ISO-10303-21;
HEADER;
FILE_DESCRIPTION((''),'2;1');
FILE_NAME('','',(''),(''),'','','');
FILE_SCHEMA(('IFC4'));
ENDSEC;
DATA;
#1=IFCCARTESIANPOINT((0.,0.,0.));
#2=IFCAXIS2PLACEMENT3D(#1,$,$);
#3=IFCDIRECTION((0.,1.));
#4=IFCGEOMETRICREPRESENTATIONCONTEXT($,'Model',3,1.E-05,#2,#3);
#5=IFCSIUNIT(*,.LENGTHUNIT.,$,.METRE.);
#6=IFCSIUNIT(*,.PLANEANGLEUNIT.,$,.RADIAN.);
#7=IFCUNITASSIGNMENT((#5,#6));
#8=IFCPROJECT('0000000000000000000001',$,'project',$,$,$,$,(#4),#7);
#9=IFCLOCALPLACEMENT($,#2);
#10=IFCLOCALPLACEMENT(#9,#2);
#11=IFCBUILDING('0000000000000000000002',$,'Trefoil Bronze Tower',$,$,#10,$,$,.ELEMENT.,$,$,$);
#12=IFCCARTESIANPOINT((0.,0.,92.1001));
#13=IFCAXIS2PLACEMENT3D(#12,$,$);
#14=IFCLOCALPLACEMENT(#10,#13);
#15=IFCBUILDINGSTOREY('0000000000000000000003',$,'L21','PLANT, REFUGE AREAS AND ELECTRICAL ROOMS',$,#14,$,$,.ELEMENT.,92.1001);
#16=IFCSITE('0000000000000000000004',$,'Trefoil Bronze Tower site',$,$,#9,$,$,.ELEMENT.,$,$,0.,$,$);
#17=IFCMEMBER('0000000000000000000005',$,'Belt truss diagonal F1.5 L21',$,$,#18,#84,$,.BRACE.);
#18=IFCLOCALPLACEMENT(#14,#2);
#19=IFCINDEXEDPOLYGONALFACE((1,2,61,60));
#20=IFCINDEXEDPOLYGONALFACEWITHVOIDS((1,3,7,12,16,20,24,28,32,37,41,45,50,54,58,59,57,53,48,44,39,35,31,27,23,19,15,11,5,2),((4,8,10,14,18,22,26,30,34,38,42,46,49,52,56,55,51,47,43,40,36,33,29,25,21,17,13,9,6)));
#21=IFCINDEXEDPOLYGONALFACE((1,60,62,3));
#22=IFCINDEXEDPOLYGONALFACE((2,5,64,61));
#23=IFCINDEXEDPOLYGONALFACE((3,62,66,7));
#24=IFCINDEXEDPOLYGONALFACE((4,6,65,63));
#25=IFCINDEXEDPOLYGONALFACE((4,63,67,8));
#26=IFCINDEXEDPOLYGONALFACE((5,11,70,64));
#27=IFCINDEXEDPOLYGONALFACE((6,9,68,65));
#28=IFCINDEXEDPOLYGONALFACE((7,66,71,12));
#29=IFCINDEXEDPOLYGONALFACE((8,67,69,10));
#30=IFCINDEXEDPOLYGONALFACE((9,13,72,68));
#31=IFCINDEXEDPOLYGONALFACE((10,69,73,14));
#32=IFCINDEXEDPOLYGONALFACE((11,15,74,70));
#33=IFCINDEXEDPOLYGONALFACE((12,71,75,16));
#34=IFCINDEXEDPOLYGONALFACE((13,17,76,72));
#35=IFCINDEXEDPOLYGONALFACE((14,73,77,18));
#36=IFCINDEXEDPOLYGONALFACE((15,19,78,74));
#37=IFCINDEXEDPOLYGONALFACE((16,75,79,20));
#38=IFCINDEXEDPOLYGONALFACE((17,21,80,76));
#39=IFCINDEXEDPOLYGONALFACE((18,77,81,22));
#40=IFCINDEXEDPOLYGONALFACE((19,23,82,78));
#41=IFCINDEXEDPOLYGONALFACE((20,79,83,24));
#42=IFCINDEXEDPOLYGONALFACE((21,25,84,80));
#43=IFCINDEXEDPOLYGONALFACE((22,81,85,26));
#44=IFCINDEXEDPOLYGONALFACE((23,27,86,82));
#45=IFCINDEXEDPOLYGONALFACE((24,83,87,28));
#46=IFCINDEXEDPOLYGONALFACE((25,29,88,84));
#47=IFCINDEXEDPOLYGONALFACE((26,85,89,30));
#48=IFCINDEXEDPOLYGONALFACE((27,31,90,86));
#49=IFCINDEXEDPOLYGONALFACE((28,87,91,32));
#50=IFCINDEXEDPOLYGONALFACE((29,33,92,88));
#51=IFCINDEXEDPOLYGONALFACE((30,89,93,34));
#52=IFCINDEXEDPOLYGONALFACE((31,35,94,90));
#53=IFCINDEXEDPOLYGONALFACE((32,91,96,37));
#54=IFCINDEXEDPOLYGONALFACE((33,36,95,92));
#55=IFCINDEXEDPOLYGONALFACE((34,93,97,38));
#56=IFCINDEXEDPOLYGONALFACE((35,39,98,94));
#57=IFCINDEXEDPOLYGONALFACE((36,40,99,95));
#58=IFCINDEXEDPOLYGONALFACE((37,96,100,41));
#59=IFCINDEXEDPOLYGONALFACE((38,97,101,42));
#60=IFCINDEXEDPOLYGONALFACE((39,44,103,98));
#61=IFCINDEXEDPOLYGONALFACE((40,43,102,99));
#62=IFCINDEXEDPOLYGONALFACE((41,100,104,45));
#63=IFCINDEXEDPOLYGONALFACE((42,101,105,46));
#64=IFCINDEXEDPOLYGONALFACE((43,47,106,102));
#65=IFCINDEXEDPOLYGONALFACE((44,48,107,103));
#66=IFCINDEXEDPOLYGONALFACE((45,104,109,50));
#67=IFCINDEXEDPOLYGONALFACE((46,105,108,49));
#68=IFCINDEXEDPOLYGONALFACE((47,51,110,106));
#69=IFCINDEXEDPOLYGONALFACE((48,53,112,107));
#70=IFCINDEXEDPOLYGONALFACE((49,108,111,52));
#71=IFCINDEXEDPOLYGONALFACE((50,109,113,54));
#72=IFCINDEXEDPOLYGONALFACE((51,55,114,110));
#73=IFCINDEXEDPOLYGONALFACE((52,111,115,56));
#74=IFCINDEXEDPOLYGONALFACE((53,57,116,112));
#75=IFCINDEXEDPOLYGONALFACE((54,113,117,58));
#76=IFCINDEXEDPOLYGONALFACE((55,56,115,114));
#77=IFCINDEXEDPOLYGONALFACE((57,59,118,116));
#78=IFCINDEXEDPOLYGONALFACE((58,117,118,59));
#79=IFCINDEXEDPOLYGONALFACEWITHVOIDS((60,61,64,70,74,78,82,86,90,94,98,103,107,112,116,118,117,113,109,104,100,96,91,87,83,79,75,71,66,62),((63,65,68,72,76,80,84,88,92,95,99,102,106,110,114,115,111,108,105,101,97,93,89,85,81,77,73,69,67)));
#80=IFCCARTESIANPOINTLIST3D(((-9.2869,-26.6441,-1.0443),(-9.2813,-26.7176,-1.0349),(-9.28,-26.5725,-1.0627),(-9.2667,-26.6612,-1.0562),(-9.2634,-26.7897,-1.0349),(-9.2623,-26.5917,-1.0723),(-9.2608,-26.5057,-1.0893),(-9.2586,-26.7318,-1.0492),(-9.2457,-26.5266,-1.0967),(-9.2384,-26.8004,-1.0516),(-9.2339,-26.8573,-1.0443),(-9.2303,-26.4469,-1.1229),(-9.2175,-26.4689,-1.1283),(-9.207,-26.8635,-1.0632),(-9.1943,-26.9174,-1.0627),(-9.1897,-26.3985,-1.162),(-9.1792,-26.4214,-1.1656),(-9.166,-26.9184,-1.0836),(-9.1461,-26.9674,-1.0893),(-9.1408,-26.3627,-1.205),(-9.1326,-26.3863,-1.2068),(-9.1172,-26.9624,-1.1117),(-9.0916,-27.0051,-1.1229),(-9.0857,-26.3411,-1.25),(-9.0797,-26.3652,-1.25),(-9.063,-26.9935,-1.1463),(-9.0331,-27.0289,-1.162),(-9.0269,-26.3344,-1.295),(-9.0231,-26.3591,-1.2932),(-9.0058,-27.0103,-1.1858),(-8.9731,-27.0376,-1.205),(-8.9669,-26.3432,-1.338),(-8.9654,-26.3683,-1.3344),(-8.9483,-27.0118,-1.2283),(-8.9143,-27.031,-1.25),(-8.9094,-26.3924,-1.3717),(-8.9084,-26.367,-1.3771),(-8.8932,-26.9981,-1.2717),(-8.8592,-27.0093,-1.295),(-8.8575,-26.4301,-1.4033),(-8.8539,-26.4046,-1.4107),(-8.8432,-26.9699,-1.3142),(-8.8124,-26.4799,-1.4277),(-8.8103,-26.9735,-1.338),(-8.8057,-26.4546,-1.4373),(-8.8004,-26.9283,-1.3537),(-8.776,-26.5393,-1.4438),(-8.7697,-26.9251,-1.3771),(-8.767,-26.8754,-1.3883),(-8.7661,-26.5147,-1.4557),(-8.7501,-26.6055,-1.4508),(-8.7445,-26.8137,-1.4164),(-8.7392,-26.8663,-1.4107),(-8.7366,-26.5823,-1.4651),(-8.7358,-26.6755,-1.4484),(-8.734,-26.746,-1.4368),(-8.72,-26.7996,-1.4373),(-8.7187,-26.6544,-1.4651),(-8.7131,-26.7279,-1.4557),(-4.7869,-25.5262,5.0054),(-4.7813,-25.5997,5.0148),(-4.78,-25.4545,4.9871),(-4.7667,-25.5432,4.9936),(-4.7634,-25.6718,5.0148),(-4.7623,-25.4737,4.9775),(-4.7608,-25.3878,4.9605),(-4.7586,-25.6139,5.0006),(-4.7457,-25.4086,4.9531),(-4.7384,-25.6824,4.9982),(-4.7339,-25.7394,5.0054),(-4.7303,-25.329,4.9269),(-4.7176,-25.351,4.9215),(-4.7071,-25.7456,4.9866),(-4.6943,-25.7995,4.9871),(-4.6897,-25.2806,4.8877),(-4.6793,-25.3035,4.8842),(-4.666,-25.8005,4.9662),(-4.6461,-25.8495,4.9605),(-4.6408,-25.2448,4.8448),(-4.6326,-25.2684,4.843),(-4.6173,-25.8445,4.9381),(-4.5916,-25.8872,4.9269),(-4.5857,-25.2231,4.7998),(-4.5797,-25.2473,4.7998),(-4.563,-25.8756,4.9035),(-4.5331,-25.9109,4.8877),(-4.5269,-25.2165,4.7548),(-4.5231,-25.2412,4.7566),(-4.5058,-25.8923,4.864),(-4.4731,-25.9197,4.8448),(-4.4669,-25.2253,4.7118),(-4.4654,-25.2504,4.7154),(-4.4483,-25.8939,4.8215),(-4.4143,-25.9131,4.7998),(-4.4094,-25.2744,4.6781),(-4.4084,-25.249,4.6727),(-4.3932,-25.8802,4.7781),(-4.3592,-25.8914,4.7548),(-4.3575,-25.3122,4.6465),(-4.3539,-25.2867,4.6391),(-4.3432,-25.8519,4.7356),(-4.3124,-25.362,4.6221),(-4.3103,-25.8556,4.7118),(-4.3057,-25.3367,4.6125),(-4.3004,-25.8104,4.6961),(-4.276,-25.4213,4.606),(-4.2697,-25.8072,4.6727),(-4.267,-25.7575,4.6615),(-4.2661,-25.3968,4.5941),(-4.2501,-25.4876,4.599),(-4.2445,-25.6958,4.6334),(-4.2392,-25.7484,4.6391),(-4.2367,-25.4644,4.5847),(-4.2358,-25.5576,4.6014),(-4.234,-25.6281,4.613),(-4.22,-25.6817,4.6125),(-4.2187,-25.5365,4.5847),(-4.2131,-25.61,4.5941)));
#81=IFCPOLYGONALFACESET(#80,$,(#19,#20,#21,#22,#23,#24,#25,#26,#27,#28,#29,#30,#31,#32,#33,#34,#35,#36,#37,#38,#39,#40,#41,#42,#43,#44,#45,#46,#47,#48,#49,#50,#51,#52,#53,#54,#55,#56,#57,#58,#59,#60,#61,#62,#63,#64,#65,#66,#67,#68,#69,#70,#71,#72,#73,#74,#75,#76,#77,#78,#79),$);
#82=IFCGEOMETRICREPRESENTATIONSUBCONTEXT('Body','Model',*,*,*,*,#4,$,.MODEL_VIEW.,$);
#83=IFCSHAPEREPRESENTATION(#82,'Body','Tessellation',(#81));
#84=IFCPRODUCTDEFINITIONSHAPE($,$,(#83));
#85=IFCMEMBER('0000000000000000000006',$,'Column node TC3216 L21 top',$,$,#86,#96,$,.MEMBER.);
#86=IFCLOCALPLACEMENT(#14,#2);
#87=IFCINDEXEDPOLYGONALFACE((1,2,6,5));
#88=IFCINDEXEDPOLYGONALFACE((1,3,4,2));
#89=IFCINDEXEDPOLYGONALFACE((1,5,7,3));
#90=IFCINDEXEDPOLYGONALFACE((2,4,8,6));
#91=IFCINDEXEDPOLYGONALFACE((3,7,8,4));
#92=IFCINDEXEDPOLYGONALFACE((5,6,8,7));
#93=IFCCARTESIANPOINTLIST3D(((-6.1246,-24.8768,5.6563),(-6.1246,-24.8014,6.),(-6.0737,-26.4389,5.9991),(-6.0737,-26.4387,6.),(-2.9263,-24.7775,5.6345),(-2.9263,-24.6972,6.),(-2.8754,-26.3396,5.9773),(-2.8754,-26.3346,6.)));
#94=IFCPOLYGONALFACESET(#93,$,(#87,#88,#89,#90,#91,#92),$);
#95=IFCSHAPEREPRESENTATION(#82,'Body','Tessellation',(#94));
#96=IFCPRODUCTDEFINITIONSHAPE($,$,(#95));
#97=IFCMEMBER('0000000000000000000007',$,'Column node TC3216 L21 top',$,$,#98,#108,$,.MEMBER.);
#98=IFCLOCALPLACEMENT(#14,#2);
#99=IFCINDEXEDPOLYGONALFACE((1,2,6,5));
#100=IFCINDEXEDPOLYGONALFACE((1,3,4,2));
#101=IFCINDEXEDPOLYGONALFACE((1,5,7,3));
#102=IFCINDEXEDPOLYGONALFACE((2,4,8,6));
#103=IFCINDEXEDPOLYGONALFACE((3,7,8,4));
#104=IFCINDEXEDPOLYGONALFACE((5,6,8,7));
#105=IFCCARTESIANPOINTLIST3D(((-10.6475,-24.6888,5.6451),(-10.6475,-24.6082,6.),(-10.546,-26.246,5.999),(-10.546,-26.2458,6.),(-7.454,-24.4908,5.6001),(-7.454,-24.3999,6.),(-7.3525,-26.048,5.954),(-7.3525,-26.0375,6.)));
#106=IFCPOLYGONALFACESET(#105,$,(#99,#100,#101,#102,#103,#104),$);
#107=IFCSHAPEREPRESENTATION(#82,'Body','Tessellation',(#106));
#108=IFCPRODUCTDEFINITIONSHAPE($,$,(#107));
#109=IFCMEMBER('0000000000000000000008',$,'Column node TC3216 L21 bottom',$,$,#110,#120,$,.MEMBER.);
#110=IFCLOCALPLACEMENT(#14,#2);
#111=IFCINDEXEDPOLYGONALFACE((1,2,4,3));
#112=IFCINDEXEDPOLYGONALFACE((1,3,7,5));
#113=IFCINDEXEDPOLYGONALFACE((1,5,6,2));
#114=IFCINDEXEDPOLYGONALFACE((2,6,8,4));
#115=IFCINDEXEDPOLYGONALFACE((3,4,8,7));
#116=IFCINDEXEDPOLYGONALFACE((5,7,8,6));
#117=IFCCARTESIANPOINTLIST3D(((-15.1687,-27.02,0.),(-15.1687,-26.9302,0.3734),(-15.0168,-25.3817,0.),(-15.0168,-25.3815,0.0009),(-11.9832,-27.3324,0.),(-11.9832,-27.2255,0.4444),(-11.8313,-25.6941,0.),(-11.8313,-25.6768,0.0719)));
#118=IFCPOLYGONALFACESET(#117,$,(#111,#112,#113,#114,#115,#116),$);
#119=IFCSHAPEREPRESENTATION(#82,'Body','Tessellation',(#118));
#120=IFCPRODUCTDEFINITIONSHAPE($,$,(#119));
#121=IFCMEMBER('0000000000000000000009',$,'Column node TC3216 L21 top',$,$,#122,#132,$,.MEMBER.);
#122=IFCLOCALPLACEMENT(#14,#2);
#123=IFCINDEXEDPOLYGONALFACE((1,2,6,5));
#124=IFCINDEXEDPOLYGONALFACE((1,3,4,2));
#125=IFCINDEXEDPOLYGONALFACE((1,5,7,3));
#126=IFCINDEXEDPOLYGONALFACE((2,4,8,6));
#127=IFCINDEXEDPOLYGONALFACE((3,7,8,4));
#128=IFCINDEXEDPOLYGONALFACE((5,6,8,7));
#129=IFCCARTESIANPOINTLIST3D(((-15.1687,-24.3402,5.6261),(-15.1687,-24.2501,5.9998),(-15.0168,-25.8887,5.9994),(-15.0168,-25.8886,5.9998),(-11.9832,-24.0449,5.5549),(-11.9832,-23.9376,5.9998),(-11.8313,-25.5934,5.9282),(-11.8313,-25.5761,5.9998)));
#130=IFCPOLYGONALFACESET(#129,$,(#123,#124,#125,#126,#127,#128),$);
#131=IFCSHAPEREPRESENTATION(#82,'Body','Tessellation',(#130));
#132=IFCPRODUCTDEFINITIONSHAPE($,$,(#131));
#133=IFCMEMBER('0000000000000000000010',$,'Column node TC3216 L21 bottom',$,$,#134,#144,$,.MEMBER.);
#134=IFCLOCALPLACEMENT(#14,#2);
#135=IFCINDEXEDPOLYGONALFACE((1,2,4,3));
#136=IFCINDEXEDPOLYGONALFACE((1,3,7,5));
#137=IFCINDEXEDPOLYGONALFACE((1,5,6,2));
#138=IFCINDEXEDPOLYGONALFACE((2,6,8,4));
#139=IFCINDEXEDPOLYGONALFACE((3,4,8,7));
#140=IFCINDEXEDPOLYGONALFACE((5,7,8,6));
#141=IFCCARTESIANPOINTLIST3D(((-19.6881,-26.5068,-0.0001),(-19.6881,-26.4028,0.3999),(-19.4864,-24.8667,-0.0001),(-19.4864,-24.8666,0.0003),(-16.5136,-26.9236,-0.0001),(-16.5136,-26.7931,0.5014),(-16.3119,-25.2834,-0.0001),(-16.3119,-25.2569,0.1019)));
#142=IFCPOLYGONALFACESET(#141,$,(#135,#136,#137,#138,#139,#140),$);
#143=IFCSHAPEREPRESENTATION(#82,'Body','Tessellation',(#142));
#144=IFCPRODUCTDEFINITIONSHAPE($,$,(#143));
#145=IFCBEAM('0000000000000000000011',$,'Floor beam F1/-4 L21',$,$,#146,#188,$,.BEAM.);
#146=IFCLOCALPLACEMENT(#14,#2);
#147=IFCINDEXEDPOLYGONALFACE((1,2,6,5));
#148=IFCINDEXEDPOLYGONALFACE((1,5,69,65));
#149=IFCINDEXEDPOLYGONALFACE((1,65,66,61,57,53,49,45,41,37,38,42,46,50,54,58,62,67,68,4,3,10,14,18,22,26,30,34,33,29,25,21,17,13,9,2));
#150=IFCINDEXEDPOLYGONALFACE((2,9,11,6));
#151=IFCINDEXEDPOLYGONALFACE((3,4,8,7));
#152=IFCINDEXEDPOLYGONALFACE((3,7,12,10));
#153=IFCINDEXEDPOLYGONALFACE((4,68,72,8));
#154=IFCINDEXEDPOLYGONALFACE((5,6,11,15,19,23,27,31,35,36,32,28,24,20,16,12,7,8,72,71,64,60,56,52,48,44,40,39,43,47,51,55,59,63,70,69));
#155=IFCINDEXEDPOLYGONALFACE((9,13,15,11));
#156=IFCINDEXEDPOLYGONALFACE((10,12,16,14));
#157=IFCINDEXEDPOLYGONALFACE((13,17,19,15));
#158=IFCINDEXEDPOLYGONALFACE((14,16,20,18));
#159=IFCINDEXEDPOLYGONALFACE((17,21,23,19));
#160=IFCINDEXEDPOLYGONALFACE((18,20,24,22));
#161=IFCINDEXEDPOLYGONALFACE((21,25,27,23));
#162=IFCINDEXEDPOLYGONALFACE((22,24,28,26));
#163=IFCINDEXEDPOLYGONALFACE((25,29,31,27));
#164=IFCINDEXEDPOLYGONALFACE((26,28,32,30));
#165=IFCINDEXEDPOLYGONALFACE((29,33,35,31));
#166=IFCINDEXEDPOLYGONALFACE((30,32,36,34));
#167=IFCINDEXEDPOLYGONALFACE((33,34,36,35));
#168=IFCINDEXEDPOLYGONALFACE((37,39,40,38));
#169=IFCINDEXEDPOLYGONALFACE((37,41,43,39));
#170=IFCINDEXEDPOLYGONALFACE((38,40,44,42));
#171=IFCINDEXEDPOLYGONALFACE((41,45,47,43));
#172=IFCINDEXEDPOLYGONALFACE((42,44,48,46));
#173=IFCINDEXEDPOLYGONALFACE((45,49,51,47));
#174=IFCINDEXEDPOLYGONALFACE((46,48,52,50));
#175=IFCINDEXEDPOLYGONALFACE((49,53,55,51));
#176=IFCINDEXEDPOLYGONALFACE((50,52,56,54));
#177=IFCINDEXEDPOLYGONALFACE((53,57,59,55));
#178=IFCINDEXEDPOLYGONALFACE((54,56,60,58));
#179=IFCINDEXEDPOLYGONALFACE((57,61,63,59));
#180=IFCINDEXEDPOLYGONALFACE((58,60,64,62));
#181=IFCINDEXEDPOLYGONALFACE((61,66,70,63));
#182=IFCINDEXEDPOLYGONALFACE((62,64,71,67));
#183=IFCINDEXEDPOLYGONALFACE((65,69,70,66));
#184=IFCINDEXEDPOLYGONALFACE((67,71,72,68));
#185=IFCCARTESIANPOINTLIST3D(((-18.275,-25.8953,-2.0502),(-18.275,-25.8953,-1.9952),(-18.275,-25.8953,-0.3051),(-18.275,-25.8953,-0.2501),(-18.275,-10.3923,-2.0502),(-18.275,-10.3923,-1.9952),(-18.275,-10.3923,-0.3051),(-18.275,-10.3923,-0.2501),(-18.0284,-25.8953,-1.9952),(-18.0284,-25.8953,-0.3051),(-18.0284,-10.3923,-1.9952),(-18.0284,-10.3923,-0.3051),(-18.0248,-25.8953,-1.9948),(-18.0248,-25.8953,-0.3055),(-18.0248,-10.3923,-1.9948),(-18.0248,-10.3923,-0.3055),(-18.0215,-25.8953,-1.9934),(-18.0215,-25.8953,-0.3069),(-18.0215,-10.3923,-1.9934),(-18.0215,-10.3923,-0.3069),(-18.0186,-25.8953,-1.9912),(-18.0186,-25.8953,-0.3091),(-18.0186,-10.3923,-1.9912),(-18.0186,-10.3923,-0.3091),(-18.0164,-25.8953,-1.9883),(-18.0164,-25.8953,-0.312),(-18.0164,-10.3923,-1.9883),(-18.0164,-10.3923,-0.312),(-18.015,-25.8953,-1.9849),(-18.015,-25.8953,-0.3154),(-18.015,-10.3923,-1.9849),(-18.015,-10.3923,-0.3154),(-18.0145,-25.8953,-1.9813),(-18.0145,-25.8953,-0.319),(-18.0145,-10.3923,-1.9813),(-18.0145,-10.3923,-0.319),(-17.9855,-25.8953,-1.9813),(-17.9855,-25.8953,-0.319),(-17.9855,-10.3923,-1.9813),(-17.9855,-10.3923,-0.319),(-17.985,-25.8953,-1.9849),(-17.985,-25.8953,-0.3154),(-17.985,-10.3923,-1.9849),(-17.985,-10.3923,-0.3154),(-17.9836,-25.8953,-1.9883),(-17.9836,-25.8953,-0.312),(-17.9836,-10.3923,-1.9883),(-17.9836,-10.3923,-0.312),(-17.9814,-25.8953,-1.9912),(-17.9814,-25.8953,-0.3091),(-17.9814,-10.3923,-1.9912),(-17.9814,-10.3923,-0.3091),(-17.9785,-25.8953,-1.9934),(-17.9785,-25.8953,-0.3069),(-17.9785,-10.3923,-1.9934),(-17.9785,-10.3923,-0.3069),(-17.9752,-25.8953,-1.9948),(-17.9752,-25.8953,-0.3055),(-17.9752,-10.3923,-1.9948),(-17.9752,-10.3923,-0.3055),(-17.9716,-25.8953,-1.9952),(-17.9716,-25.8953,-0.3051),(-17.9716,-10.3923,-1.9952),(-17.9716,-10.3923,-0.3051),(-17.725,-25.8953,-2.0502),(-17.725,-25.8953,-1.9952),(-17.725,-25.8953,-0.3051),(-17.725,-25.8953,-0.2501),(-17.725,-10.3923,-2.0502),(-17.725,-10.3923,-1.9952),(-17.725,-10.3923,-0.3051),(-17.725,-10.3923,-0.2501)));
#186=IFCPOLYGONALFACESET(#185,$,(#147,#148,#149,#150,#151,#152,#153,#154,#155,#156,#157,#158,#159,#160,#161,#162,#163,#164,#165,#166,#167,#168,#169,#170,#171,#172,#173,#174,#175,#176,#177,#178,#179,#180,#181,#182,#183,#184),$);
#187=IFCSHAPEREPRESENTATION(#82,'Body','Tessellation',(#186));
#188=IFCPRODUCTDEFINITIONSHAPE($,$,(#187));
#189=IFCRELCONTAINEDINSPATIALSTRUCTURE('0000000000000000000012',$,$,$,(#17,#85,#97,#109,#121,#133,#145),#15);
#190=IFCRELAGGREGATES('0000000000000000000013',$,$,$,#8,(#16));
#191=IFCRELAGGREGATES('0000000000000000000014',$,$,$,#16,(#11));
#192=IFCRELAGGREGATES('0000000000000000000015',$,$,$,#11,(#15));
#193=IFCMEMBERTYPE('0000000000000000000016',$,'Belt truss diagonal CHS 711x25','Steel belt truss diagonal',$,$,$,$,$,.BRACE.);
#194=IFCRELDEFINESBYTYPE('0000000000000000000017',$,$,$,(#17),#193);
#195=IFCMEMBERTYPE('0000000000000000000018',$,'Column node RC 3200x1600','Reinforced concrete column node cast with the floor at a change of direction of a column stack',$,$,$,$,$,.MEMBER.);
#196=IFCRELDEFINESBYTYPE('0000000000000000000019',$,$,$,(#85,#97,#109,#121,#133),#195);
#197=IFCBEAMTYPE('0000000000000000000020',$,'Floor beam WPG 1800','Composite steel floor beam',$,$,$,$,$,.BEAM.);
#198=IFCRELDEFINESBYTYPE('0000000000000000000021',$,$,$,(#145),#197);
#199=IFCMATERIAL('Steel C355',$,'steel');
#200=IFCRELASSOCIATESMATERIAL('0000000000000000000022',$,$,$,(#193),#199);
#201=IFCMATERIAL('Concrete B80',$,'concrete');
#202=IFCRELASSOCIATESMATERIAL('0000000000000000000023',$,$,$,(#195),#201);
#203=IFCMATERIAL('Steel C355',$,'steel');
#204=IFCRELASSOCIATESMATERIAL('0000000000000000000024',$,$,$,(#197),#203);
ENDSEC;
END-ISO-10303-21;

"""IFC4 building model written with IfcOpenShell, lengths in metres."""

from ifc_helpers import new_model, si_unit, direction, frame, origin, origin_2d, place, context, subcontext, project, spatial, rectangle, hollow_circle, i_section, extrude, clip, halfspace, material, material_profile, profile_set, type_object, element, save


model = new_model("IFC4")

# Units and contexts
model_context = context("Model", 3, precision=1e-05, world=origin(), true_north=direction((0.0, 1.0)))
body_context = subcontext(model_context, "Body", "Model", "MODEL_VIEW")
ifc_project = project(units=[si_unit("LENGTHUNIT", "METRE"), si_unit("PLANEANGLEUNIT", "RADIAN")], contexts=[model_context])

# Site, building, storey
site_placement = place(None, origin())
site = spatial("IfcSite", under=ifc_project, at=site_placement, Name="Trefoil Bronze Tower site", CompositionType="ELEMENT", RefElevation=0.0)
building_placement = place(site_placement, origin())
building = spatial("IfcBuilding", under=site, at=building_placement, Name="Trefoil Bronze Tower", CompositionType="ELEMENT")
storey_placement = place(building_placement, frame((0.0, 0.0, 92.1001)))
storey = spatial("IfcBuildingStorey", under=building, at=storey_placement, Name="L21", Description="PLANT, REFUGE AREAS AND ELECTRICAL ROOMS", CompositionType="ELEMENT", Elevation=92.1001)

# Members
ifc_material_1 = material(Name="Steel C355", Category="steel")
ifc_material_profile_1 = material_profile(ifc_material_1, hollow_circle(Radius=0.3555, WallThickness=0.0249, at=origin_2d()), Name="CHS 711x25")
ifc_profile_set_1 = profile_set([ifc_material_profile_1], Name="Steel C355")
member_type_1 = type_object("IfcMemberType", Name="Belt truss diagonal CHS 711x25", Description="Steel belt truss diagonal", PredefinedType="BRACE", material=ifc_profile_set_1)
member_1_placement = place(storey_placement, frame((-9.0, -26.686, -1.25), z_axis=(0.590371, 0.146664, 0.793695), x_axis=(-0.241098, 0.970501, 0.0)))
element("IfcMember", 1, at=member_1_placement, inside=storey, type_object=member_type_1, Name="Belt truss diagonal F1.5 L21", PredefinedType="BRACE", context=body_context, shape_type="SweptSolid", body=[
    extrude(hollow_circle(Radius=0.3555, WallThickness=0.0249, at=origin_2d()), origin(), (0.0, 0.0, 1.0), 7.6223),
])
ifc_material_2 = material(Name="Concrete B80", Category="concrete")
ifc_material_profile_2 = material_profile(ifc_material_2, rectangle(XDim=3.2, YDim=1.6001, at=origin_2d()), Name="RC 3200x1600")
ifc_profile_set_2 = profile_set([ifc_material_profile_2], Name="Concrete B80")
member_type_2 = type_object("IfcMemberType", Name="Column node RC 3200x1600", Description="Reinforced concrete column node cast with the floor at a change of direction of a column stack", PredefinedType="MEMBER", material=ifc_profile_set_2)
member_2_placement = place(storey_placement, frame((-4.5, -25.5278, 6.1829), z_axis=(0.0, -0.214377, -0.976751), x_axis=(-0.999495, -0.031042, 0.006813)))
element("IfcMember", 2, at=member_2_placement, inside=storey, type_object=member_type_2, Name="Column node TC3216 L21 top", PredefinedType="MEMBER", context=body_context, shape_type="Clipping", body=[
    clip(extrude(rectangle(XDim=3.2, YDim=1.6001, at=origin_2d()), origin(), (0.0, 0.0, 1.0), 0.3748), halfspace(frame((0.0, 0.0, 0.1873), z_axis=(-0.006813, 0.214269, 0.976751), x_axis=(0.0, 0.976774, -0.214274)), True)),
])
member_3_placement = place(storey_placement, frame((-9.0, -25.2773, 6.2002), z_axis=(0.0, -0.221647, -0.975127), x_axis=(-0.997984, -0.061882, 0.014066)))
element("IfcMember", 3, at=member_3_placement, inside=storey, type_object=member_type_2, Name="Column node TC3216 L21 top", PredefinedType="MEMBER", context=body_context, shape_type="Clipping", body=[
    clip(extrude(rectangle(XDim=3.2, YDim=1.6001, at=origin_2d()), origin(), (0.0, 0.0, 1.0), 0.4109), halfspace(frame((0.0, 0.0, 0.2053), z_axis=(-0.014066, 0.2212, 0.975127), x_axis=(0.0, 0.975223, -0.221222)), True)),
])
member_4_placement = place(storey_placement, frame((-13.5, -26.4106, -0.2229), z_axis=(0.0, 0.233877, 0.972266), x_axis=(0.995484, -0.092293, 0.022201)))
element("IfcMember", 4, at=member_4_placement, inside=storey, type_object=member_type_2, Name="Column node TC3216 L21 bottom", PredefinedType="MEMBER", context=body_context, shape_type="Clipping", body=[
    clip(extrude(rectangle(XDim=3.2, YDim=1.6001, at=origin_2d()), origin(), (0.0, 0.0, 1.0), 0.4583), halfspace(frame((0.0, 0.0, 0.2292), z_axis=(0.022201, -0.232821, 0.972266), x_axis=(0.0, 0.972506, 0.232878)), True)),
])
member_5_placement = place(storey_placement, frame((-13.5, -24.8594, 6.2227), z_axis=(0.0, -0.23438, -0.972145), x_axis=(-0.995484, -0.092281, 0.022249)))
element("IfcMember", 5, at=member_5_placement, inside=storey, type_object=member_type_2, Name="Column node TC3216 L21 top", PredefinedType="MEMBER", context=body_context, shape_type="Clipping", body=[
    clip(extrude(rectangle(XDim=3.2, YDim=1.6001, at=origin_2d()), origin(), (0.0, 0.0, 1.0), 0.4583), halfspace(frame((0.0, 0.0, 0.2292), z_axis=(-0.022249, 0.233322, 0.972145), x_axis=(0.0, 0.972386, -0.23338)), True)),
])
member_6_placement = place(storey_placement, frame((-18.0, -25.9604, -0.2512), z_axis=(0.0, 0.251713, 0.967802), x_axis=(0.992025, -0.121984, 0.031726)))
element("IfcMember", 6, at=member_6_placement, inside=storey, type_object=member_type_2, Name="Column node TC3216 L21 bottom", PredefinedType="MEMBER", context=body_context, shape_type="Clipping", body=[
    clip(extrude(rectangle(XDim=3.2, YDim=1.6001, at=origin_2d()), origin(), (0.0, 0.0, 1.0), 0.5188), halfspace(frame((0.0, 0.0, 0.2595), z_axis=(0.031726, -0.249706, 0.967802), x_axis=(0.0, 0.968289, 0.249832)), True)),
])

# Beam
ifc_material_3 = material(Name="Steel C355", Category="steel")
ifc_material_profile_3 = material_profile(ifc_material_3, i_section(OverallWidth=0.55, OverallDepth=1.8, WebThickness=0.0291, FlangeThickness=0.0549, FilletRadius=0.0139, at=origin_2d()), Name="WPG 1800")
ifc_profile_set_3 = profile_set([ifc_material_profile_3], Name="Steel C355")
beam_type_1 = type_object("IfcBeamType", Name="Floor beam WPG 1800", Description="Composite steel floor beam", PredefinedType="BEAM", material=ifc_profile_set_3)
beam_1_placement = place(storey_placement, frame((-18.0, -25.8953, -1.1501), z_axis=(0.0, 1.0, 0.0), x_axis=(-1.0, 0.0, 0.0)))
element("IfcBeam", 7, at=beam_1_placement, inside=storey, type_object=beam_type_1, Name="Floor beam F1/-4 L21", PredefinedType="BEAM", context=body_context, shape_type="SweptSolid", body=[
    extrude(i_section(OverallWidth=0.55, OverallDepth=1.8, WebThickness=0.0291, FlangeThickness=0.0549, FilletRadius=0.0139, at=origin_2d()), origin(), (0.0, 0.0, 1.0), 15.5029),
])

save(model, "model.ifc")
